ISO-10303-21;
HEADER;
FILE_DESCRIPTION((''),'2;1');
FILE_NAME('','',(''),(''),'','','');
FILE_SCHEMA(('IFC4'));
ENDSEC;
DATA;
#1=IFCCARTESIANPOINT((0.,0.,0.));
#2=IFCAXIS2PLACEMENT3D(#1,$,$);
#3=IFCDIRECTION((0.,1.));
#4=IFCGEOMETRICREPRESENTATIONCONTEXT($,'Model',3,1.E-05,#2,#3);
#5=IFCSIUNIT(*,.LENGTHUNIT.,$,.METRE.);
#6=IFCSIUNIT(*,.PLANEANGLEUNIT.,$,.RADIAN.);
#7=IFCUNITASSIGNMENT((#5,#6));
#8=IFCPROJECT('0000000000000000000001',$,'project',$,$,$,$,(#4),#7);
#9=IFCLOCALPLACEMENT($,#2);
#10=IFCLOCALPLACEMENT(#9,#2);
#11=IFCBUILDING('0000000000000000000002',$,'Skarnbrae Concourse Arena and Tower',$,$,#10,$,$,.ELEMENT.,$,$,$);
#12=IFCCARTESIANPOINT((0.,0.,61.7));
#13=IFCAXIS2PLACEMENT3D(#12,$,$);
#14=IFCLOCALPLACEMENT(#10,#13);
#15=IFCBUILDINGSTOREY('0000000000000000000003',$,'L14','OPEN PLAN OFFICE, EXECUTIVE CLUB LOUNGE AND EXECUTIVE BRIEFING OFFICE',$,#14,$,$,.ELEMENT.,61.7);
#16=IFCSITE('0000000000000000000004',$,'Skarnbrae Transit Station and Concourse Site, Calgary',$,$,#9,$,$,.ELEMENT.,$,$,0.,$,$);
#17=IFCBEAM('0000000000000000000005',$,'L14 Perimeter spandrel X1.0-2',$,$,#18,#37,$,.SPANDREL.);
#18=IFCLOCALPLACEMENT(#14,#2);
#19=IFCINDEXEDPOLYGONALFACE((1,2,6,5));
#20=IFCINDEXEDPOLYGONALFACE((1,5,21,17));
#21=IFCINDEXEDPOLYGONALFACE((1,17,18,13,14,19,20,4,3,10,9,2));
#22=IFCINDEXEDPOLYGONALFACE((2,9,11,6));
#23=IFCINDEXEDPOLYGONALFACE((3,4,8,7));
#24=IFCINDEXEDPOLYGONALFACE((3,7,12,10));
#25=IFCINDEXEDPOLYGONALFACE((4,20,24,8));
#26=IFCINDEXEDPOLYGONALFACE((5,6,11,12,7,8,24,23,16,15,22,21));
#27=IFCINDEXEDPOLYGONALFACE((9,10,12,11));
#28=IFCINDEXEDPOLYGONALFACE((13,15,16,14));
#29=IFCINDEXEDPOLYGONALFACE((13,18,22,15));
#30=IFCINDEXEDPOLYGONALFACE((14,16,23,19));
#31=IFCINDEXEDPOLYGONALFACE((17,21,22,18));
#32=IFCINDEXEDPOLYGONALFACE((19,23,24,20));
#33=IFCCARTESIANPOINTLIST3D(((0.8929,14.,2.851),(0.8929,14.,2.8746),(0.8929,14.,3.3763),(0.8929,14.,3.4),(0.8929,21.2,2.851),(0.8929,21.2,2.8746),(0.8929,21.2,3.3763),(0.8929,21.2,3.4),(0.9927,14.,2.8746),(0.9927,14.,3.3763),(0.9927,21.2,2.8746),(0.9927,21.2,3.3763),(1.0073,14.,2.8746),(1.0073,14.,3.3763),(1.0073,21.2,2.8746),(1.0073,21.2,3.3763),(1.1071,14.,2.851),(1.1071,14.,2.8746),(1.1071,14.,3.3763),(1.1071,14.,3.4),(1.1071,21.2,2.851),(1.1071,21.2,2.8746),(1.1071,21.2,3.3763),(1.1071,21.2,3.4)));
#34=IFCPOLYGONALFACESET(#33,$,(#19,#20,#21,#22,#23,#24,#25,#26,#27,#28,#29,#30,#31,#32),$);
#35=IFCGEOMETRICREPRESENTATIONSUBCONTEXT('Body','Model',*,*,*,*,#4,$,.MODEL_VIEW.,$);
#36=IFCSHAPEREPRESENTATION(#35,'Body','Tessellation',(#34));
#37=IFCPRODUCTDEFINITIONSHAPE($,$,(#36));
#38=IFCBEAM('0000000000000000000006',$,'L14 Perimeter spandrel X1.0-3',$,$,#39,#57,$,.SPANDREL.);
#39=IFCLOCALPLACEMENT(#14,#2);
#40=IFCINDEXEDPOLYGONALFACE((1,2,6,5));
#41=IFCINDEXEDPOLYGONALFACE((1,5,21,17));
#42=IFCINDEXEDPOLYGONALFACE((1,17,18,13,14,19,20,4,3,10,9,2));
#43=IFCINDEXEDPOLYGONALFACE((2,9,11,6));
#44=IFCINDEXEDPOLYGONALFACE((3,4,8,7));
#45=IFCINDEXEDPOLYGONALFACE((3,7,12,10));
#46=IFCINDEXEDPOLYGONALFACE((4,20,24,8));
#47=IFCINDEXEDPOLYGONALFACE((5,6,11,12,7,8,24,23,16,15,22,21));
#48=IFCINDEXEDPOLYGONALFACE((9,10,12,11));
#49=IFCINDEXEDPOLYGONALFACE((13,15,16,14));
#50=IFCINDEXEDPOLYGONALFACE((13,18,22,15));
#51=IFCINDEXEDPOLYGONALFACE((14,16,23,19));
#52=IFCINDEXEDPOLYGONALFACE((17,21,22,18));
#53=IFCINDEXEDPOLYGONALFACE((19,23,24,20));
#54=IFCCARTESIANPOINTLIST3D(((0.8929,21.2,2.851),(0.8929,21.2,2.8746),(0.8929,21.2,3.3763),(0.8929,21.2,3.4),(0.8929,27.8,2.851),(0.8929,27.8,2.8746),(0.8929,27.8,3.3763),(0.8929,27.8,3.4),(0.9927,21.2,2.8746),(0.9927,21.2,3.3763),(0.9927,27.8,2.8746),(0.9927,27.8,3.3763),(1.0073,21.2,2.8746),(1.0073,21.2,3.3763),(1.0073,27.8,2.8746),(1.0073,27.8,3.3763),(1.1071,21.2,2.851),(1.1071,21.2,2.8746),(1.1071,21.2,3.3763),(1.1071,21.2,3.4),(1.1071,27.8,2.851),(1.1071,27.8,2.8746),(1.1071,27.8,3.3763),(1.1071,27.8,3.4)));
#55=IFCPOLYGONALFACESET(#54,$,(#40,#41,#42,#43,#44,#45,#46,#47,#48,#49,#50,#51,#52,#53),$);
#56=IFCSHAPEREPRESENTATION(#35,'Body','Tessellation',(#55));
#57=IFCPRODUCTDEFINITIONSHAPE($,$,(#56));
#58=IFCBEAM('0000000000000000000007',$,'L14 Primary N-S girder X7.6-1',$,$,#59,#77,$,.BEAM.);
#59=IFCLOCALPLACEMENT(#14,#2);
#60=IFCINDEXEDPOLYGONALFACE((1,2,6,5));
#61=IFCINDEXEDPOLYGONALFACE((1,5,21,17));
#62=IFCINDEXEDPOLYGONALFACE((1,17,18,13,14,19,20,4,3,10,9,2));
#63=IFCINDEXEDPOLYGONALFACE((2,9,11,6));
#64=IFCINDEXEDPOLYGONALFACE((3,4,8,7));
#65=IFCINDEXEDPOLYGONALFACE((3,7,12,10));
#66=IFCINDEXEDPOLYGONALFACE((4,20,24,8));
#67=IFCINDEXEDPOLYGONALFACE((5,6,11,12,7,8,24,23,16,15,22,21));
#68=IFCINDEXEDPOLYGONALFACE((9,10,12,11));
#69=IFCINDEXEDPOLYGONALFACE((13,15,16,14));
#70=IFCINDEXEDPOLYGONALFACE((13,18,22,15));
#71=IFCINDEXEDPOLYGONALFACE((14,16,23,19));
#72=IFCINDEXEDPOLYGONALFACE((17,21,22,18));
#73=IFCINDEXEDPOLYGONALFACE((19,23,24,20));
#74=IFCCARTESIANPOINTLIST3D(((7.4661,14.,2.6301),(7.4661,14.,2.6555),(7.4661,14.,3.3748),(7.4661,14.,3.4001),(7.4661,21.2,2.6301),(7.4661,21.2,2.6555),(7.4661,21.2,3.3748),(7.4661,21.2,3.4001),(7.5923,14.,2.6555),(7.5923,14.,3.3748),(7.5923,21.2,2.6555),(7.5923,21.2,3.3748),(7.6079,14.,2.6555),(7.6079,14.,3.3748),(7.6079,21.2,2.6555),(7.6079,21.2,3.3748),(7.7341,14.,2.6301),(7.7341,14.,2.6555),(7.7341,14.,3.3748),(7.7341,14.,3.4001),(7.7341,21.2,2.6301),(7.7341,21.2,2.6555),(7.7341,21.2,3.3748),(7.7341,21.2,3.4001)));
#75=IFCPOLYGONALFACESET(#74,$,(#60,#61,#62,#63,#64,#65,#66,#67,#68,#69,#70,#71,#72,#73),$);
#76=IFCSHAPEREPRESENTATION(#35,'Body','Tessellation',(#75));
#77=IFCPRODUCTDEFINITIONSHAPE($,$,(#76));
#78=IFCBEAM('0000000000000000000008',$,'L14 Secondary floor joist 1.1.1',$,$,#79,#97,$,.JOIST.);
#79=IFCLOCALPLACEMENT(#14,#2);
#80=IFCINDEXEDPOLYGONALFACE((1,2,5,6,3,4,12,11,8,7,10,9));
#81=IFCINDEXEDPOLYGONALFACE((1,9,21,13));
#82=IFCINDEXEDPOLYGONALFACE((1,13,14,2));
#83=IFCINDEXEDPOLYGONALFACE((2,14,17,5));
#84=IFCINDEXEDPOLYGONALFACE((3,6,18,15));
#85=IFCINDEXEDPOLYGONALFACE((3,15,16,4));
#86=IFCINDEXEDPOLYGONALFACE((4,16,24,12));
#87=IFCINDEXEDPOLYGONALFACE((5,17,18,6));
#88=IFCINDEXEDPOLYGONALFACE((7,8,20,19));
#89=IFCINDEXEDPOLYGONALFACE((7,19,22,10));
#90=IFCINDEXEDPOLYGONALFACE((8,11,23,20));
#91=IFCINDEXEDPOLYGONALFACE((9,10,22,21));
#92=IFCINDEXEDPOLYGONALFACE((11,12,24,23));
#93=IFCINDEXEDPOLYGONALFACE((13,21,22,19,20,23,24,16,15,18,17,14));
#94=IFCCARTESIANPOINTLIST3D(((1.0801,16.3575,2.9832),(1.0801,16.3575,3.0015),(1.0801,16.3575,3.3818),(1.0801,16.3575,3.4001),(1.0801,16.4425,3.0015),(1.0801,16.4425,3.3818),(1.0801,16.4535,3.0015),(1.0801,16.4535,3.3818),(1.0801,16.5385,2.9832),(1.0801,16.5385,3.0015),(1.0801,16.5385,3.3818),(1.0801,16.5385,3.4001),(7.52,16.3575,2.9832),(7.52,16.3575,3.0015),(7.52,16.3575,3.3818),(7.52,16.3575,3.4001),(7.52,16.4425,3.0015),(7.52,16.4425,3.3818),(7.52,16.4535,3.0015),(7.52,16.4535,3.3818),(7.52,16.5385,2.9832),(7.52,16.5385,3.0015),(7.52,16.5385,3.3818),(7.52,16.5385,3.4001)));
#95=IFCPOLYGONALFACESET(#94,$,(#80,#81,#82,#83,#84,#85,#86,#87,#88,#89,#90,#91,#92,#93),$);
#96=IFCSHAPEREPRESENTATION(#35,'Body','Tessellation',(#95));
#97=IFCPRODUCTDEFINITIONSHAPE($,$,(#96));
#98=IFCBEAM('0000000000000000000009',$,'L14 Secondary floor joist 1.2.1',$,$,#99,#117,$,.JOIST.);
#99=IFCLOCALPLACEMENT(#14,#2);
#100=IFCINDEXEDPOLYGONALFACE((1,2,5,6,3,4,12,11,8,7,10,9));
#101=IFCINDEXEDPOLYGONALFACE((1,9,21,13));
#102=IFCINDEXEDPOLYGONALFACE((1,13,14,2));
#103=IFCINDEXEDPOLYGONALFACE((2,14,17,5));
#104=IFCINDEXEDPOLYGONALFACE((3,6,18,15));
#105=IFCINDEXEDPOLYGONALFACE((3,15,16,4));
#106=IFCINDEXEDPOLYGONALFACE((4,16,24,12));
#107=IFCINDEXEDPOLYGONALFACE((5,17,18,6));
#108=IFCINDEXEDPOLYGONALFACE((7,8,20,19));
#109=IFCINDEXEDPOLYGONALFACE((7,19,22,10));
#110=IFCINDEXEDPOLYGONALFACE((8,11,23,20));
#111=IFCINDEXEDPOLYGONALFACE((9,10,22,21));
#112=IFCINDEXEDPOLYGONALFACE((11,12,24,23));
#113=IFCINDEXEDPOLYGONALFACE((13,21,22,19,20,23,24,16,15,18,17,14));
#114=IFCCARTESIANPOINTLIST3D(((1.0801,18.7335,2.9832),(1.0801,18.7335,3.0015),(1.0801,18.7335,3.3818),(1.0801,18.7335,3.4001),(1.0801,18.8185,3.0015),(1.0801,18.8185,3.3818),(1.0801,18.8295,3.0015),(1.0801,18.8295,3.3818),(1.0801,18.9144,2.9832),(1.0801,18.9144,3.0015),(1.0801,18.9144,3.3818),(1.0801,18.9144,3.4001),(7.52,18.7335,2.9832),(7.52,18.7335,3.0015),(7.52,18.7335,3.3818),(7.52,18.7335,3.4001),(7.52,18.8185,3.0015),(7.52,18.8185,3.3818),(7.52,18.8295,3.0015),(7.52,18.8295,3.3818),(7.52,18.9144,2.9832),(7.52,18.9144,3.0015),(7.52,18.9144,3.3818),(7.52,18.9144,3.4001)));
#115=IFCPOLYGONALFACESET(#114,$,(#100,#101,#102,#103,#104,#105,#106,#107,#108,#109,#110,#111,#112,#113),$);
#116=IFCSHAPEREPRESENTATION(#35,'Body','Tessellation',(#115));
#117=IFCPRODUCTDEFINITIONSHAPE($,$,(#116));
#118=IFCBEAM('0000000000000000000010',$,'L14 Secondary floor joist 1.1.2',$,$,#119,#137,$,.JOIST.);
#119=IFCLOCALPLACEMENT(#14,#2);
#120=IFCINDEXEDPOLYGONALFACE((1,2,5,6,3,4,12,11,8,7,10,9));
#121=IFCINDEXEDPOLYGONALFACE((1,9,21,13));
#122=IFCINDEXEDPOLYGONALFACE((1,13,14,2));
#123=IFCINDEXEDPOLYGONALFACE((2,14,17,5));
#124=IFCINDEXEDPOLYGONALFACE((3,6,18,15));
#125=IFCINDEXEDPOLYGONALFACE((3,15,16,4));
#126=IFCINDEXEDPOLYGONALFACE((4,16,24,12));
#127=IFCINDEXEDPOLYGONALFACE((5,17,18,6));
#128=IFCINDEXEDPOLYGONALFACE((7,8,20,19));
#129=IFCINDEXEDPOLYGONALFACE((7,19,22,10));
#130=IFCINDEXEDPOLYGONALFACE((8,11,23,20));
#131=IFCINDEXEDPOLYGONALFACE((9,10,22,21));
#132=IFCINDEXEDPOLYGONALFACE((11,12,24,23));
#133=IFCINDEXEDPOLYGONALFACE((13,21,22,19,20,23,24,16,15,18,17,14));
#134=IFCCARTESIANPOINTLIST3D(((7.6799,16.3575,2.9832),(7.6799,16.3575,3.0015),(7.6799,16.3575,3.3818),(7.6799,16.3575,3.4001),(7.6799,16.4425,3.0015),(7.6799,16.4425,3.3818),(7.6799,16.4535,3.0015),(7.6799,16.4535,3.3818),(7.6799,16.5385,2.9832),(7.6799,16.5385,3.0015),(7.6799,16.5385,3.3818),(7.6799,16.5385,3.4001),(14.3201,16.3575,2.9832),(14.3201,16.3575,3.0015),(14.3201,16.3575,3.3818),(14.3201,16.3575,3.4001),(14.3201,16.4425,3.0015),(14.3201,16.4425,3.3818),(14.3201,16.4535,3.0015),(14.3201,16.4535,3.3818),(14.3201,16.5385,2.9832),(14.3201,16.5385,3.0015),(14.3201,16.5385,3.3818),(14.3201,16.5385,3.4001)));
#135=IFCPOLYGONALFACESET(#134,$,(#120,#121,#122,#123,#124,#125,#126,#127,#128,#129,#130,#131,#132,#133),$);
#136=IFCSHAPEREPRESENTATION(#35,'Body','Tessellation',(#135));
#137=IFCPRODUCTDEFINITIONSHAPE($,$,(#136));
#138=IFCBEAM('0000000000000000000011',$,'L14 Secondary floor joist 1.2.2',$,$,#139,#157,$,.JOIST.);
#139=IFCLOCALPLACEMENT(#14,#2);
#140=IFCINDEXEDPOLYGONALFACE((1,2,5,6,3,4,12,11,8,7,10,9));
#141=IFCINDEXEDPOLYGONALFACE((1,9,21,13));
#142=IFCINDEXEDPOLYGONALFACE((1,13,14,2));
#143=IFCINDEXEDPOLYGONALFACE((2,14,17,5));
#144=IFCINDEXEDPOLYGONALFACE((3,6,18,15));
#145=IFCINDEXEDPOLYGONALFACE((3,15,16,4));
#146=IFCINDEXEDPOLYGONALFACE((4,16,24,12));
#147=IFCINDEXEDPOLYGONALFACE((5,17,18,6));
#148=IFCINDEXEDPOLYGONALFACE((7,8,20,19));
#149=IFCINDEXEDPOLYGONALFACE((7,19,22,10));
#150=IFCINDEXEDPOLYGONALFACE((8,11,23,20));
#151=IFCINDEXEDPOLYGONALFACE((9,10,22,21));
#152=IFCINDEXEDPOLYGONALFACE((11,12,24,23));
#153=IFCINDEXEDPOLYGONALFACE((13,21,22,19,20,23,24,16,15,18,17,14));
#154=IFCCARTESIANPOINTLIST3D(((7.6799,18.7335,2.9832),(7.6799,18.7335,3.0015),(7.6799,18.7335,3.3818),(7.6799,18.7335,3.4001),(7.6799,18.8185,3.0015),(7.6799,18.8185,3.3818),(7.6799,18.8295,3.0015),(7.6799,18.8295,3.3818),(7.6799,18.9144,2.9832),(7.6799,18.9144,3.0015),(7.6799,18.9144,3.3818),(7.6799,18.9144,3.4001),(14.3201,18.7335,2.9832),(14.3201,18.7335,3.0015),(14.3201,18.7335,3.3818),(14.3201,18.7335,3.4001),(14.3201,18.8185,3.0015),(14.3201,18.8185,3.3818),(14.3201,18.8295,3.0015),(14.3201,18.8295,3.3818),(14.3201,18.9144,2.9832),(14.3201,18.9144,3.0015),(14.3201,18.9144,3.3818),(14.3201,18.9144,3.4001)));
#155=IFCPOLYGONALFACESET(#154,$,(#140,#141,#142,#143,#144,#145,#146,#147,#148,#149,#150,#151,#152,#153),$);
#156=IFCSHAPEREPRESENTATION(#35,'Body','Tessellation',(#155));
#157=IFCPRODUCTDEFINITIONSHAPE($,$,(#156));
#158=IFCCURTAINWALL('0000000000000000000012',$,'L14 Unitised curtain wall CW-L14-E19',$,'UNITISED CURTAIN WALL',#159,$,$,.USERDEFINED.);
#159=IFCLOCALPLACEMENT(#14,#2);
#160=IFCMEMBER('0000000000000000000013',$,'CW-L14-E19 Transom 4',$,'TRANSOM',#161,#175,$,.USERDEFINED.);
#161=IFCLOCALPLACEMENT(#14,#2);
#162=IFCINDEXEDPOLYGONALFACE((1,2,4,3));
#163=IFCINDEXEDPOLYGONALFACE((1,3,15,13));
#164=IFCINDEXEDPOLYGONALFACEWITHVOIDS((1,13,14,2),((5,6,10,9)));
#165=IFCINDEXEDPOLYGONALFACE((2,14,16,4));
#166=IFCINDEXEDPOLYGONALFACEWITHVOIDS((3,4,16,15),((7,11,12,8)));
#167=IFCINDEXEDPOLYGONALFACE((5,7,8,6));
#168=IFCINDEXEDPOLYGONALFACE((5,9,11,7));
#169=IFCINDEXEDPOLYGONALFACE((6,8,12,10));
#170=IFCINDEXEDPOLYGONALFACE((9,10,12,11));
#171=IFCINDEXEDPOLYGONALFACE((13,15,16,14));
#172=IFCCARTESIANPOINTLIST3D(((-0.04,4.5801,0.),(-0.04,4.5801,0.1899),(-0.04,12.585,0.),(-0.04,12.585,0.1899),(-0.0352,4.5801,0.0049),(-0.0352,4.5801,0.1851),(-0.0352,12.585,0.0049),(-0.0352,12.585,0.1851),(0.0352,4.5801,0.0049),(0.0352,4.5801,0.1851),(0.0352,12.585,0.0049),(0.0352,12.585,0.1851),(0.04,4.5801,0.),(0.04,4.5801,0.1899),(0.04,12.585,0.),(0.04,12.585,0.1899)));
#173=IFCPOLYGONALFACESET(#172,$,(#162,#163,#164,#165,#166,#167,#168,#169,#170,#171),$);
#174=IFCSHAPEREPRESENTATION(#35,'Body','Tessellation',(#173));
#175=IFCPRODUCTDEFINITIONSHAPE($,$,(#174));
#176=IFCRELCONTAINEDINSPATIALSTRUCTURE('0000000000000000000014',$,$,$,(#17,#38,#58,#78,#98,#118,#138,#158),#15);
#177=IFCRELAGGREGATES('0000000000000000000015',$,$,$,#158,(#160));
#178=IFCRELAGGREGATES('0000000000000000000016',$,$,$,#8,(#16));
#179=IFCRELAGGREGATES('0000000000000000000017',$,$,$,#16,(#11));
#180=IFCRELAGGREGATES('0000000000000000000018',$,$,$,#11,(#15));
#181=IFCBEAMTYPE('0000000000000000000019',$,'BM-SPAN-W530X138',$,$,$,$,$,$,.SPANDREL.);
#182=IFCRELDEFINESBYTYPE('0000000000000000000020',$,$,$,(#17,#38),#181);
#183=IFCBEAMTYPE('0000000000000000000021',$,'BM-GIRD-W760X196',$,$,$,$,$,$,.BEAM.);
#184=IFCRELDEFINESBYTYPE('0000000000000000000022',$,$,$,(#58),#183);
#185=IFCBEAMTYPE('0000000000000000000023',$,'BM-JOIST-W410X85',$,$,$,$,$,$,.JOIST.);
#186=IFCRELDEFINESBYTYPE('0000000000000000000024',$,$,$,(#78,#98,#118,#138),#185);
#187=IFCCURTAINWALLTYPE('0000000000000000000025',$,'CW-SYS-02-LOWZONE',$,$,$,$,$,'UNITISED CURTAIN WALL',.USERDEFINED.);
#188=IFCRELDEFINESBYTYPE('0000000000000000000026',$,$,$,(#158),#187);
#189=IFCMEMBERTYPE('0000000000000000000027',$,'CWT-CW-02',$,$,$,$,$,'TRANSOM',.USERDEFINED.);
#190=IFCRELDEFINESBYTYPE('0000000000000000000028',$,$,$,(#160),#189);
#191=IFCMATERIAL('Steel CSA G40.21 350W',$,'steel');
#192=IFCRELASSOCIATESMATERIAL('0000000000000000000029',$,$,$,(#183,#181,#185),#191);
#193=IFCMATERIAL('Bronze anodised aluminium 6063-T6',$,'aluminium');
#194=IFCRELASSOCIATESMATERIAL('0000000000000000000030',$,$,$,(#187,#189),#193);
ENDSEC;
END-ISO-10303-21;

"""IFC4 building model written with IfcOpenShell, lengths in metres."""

from ifc_helpers import new_model, si_unit, direction, frame, origin, origin_2d, place, context, subcontext, project, spatial, hollow_rectangle, i_section, extrude, source, transform, mapped, material, material_profile, profile_set, type_object, element, aggregate, save


model = new_model("IFC4")

# Units and contexts
model_context = context("Model", 3, precision=1e-05, world=origin(), true_north=direction((0.0, 1.0)))
body_context = subcontext(model_context, "Body", "Model", "MODEL_VIEW")
ifc_project = project(units=[si_unit("LENGTHUNIT", "METRE"), si_unit("PLANEANGLEUNIT", "RADIAN")], contexts=[model_context])

# Site, building, storey
site_placement = place(None, origin())
site = spatial("IfcSite", under=ifc_project, at=site_placement, Name="Skarnbrae Transit Station and Concourse Site, Calgary", CompositionType="ELEMENT", RefElevation=0.0)
building_placement = place(site_placement, origin())
building = spatial("IfcBuilding", under=site, at=building_placement, Name="Skarnbrae Concourse Arena and Tower", CompositionType="ELEMENT")
storey_placement = place(building_placement, frame((0.0, 0.0, 61.7)))
storey = spatial("IfcBuildingStorey", under=building, at=storey_placement, Name="L14", Description="OPEN PLAN OFFICE, EXECUTIVE CLUB LOUNGE AND EXECUTIVE BRIEFING OFFICE", CompositionType="ELEMENT", Elevation=61.7)

# Shared definitions
ifc_material_1 = material(Name="Steel CSA G40.21 350W", Category="steel")

# Beams
ifc_material_profile_1 = material_profile(ifc_material_1, i_section(OverallWidth=0.2681, OverallDepth=0.77, WebThickness=0.0156, FlangeThickness=0.0254, at=origin_2d()), Name="W760X196")
ifc_profile_set_1 = profile_set([ifc_material_profile_1], Name="Steel CSA G40.21 350W")
beam_type_1 = type_object("IfcBeamType", Name="BM-GIRD-W760X196", PredefinedType="BEAM", material=ifc_profile_set_1)
ifc_material_profile_2 = material_profile(ifc_material_1, i_section(OverallWidth=0.2141, OverallDepth=0.5491, WebThickness=0.0146, FlangeThickness=0.0237, at=origin_2d()), Name="W530X138")
ifc_profile_set_2 = profile_set([ifc_material_profile_2], Name="Steel CSA G40.21 350W")
beam_type_2 = type_object("IfcBeamType", Name="BM-SPAN-W530X138", PredefinedType="SPANDREL", material=ifc_profile_set_2)
shared_shape_1 = source(origin(), body_context, "Body", "SweptSolid", [
    extrude(i_section(OverallWidth=0.2141, OverallDepth=0.5491, WebThickness=0.0146, FlangeThickness=0.0237, at=origin_2d()), origin(), (0.0, 0.0, 1.0), 7.2),
])
beam_1_placement = place(storey_placement, frame((1.0, 14.0, 3.1255), z_axis=(0.0, 1.0, 0.0), x_axis=(-1.0, 0.0, 0.0)))
element("IfcBeam", 1, at=beam_1_placement, inside=storey, type_object=beam_type_2, Name="L14 Perimeter spandrel X1.0-2", PredefinedType="SPANDREL", context=body_context, shape_type="MappedRepresentation", body=[
    mapped(shared_shape_1, transform((0.0, 0.0, 0.0))),
])
shared_shape_2 = source(origin(), body_context, "Body", "SweptSolid", [
    extrude(i_section(OverallWidth=0.2141, OverallDepth=0.5491, WebThickness=0.0146, FlangeThickness=0.0237, at=origin_2d()), origin(), (0.0, 0.0, 1.0), 6.6001),
])
beam_2_placement = place(storey_placement, frame((1.0, 21.2, 3.1255), z_axis=(0.0, 1.0, 0.0), x_axis=(-1.0, 0.0, 0.0)))
element("IfcBeam", 2, at=beam_2_placement, inside=storey, type_object=beam_type_2, Name="L14 Perimeter spandrel X1.0-3", PredefinedType="SPANDREL", context=body_context, shape_type="MappedRepresentation", body=[
    mapped(shared_shape_2, transform((0.0, 0.0, 0.0))),
])
shared_shape_3 = source(origin(), body_context, "Body", "SweptSolid", [
    extrude(i_section(OverallWidth=0.2681, OverallDepth=0.77, WebThickness=0.0156, FlangeThickness=0.0254, at=origin_2d()), origin(), (0.0, 0.0, 1.0), 7.2),
])
beam_3_placement = place(storey_placement, frame((7.6001, 14.0, 3.0151), z_axis=(0.0, 1.0, 0.0), x_axis=(-1.0, 0.0, 0.0)))
element("IfcBeam", 3, at=beam_3_placement, inside=storey, type_object=beam_type_1, Name="L14 Primary N-S girder X7.6-1", PredefinedType="BEAM", context=body_context, shape_type="MappedRepresentation", body=[
    mapped(shared_shape_3, transform((0.0, 0.0, 0.0))),
])
ifc_material_profile_3 = material_profile(ifc_material_1, i_section(OverallWidth=0.1809, OverallDepth=0.417, WebThickness=0.011, FlangeThickness=0.0183, at=origin_2d()), Name="W410X85")
ifc_profile_set_3 = profile_set([ifc_material_profile_3], Name="Steel CSA G40.21 350W")
beam_type_3 = type_object("IfcBeamType", Name="BM-JOIST-W410X85", PredefinedType="JOIST", material=ifc_profile_set_3)
shared_shape_4 = source(origin(), body_context, "Body", "SweptSolid", [
    extrude(i_section(OverallWidth=0.1809, OverallDepth=0.417, WebThickness=0.011, FlangeThickness=0.0183, at=origin_2d()), origin(), (0.0, 0.0, 1.0), 6.4399),
])
for number, where, z_axis, x_axis, name in (
    (4, (1.0801, 16.448, 3.1917), (1.0, 0.0, 0.0), (0.0, 1.0, 0.0), "L14 Secondary floor joist 1.1.1"),
    (5, (1.0801, 18.824, 3.1917), (1.0, 0.0, 0.0), (0.0, 1.0, 0.0), "L14 Secondary floor joist 1.2.1"),
):
    element("IfcBeam", number, at=place(storey_placement, frame(where, z_axis=z_axis, x_axis=x_axis)), inside=storey, type_object=beam_type_3, Name=name, PredefinedType="JOIST", context=body_context, shape_type="MappedRepresentation", body=[
        mapped(shared_shape_4, transform((0.0, 0.0, 0.0))),
    ])
shared_shape_5 = source(origin(), body_context, "Body", "SweptSolid", [
    extrude(i_section(OverallWidth=0.1809, OverallDepth=0.417, WebThickness=0.011, FlangeThickness=0.0183, at=origin_2d()), origin(), (0.0, 0.0, 1.0), 6.6401),
])
for number, where, z_axis, x_axis, name in (
    (6, (7.6799, 16.448, 3.1917), (1.0, 0.0, 0.0), (0.0, 1.0, 0.0), "L14 Secondary floor joist 1.1.2"),
    (7, (7.6799, 18.824, 3.1917), (1.0, 0.0, 0.0), (0.0, 1.0, 0.0), "L14 Secondary floor joist 1.2.2"),
):
    element("IfcBeam", number, at=place(storey_placement, frame(where, z_axis=z_axis, x_axis=x_axis)), inside=storey, type_object=beam_type_3, Name=name, PredefinedType="JOIST", context=body_context, shape_type="MappedRepresentation", body=[
        mapped(shared_shape_5, transform((0.0, 0.0, 0.0))),
    ])

# Curtain wall, member
ifc_material_2 = material(Name="Bronze anodised aluminium 6063-T6", Category="aluminium")
curtain_wall_type = type_object("IfcCurtainWallType", Name="CW-SYS-02-LOWZONE", ElementType="UNITISED CURTAIN WALL", PredefinedType="USERDEFINED", material=ifc_material_2)
curtain_wall_placement = place(storey_placement, origin())
curtain_wall = element("IfcCurtainWall", 8, at=curtain_wall_placement, inside=storey, type_object=curtain_wall_type, Name="L14 Unitised curtain wall CW-L14-E19", ObjectType="UNITISED CURTAIN WALL", PredefinedType="USERDEFINED")
ifc_material_profile_4 = material_profile(ifc_material_2, hollow_rectangle(XDim=0.0801, YDim=0.1899, WallThickness=0.0049, at=origin_2d()), Name="ALU-TRAN-80X190")
ifc_profile_set_4 = profile_set([ifc_material_profile_4], Name="Bronze anodised aluminium 6063-T6")
member_type_1 = type_object("IfcMemberType", Name="CWT-CW-02", ElementType="TRANSOM", PredefinedType="USERDEFINED", material=ifc_profile_set_4)
shared_shape_6 = source(origin(), body_context, "Body", "SweptSolid", [
    extrude(hollow_rectangle(XDim=0.0801, YDim=0.1899, WallThickness=0.0049, at=origin_2d()), origin(), (0.0, 0.0, 1.0), 8.0049),
])
member_1_placement = place(storey_placement, frame((0.0, 12.585, 0.095), z_axis=(0.0, -1.0, 0.0), x_axis=(1.0, 0.0, 0.0)))
member_1 = element("IfcMember", 9, at=member_1_placement, type_object=member_type_1, Name="CW-L14-E19 Transom 4", ObjectType="TRANSOM", PredefinedType="USERDEFINED", context=body_context, shape_type="MappedRepresentation", body=[
    mapped(shared_shape_6, transform((0.0, 0.0, 0.0))),
])
aggregate(curtain_wall, [member_1])

save(model, "model.ifc")
